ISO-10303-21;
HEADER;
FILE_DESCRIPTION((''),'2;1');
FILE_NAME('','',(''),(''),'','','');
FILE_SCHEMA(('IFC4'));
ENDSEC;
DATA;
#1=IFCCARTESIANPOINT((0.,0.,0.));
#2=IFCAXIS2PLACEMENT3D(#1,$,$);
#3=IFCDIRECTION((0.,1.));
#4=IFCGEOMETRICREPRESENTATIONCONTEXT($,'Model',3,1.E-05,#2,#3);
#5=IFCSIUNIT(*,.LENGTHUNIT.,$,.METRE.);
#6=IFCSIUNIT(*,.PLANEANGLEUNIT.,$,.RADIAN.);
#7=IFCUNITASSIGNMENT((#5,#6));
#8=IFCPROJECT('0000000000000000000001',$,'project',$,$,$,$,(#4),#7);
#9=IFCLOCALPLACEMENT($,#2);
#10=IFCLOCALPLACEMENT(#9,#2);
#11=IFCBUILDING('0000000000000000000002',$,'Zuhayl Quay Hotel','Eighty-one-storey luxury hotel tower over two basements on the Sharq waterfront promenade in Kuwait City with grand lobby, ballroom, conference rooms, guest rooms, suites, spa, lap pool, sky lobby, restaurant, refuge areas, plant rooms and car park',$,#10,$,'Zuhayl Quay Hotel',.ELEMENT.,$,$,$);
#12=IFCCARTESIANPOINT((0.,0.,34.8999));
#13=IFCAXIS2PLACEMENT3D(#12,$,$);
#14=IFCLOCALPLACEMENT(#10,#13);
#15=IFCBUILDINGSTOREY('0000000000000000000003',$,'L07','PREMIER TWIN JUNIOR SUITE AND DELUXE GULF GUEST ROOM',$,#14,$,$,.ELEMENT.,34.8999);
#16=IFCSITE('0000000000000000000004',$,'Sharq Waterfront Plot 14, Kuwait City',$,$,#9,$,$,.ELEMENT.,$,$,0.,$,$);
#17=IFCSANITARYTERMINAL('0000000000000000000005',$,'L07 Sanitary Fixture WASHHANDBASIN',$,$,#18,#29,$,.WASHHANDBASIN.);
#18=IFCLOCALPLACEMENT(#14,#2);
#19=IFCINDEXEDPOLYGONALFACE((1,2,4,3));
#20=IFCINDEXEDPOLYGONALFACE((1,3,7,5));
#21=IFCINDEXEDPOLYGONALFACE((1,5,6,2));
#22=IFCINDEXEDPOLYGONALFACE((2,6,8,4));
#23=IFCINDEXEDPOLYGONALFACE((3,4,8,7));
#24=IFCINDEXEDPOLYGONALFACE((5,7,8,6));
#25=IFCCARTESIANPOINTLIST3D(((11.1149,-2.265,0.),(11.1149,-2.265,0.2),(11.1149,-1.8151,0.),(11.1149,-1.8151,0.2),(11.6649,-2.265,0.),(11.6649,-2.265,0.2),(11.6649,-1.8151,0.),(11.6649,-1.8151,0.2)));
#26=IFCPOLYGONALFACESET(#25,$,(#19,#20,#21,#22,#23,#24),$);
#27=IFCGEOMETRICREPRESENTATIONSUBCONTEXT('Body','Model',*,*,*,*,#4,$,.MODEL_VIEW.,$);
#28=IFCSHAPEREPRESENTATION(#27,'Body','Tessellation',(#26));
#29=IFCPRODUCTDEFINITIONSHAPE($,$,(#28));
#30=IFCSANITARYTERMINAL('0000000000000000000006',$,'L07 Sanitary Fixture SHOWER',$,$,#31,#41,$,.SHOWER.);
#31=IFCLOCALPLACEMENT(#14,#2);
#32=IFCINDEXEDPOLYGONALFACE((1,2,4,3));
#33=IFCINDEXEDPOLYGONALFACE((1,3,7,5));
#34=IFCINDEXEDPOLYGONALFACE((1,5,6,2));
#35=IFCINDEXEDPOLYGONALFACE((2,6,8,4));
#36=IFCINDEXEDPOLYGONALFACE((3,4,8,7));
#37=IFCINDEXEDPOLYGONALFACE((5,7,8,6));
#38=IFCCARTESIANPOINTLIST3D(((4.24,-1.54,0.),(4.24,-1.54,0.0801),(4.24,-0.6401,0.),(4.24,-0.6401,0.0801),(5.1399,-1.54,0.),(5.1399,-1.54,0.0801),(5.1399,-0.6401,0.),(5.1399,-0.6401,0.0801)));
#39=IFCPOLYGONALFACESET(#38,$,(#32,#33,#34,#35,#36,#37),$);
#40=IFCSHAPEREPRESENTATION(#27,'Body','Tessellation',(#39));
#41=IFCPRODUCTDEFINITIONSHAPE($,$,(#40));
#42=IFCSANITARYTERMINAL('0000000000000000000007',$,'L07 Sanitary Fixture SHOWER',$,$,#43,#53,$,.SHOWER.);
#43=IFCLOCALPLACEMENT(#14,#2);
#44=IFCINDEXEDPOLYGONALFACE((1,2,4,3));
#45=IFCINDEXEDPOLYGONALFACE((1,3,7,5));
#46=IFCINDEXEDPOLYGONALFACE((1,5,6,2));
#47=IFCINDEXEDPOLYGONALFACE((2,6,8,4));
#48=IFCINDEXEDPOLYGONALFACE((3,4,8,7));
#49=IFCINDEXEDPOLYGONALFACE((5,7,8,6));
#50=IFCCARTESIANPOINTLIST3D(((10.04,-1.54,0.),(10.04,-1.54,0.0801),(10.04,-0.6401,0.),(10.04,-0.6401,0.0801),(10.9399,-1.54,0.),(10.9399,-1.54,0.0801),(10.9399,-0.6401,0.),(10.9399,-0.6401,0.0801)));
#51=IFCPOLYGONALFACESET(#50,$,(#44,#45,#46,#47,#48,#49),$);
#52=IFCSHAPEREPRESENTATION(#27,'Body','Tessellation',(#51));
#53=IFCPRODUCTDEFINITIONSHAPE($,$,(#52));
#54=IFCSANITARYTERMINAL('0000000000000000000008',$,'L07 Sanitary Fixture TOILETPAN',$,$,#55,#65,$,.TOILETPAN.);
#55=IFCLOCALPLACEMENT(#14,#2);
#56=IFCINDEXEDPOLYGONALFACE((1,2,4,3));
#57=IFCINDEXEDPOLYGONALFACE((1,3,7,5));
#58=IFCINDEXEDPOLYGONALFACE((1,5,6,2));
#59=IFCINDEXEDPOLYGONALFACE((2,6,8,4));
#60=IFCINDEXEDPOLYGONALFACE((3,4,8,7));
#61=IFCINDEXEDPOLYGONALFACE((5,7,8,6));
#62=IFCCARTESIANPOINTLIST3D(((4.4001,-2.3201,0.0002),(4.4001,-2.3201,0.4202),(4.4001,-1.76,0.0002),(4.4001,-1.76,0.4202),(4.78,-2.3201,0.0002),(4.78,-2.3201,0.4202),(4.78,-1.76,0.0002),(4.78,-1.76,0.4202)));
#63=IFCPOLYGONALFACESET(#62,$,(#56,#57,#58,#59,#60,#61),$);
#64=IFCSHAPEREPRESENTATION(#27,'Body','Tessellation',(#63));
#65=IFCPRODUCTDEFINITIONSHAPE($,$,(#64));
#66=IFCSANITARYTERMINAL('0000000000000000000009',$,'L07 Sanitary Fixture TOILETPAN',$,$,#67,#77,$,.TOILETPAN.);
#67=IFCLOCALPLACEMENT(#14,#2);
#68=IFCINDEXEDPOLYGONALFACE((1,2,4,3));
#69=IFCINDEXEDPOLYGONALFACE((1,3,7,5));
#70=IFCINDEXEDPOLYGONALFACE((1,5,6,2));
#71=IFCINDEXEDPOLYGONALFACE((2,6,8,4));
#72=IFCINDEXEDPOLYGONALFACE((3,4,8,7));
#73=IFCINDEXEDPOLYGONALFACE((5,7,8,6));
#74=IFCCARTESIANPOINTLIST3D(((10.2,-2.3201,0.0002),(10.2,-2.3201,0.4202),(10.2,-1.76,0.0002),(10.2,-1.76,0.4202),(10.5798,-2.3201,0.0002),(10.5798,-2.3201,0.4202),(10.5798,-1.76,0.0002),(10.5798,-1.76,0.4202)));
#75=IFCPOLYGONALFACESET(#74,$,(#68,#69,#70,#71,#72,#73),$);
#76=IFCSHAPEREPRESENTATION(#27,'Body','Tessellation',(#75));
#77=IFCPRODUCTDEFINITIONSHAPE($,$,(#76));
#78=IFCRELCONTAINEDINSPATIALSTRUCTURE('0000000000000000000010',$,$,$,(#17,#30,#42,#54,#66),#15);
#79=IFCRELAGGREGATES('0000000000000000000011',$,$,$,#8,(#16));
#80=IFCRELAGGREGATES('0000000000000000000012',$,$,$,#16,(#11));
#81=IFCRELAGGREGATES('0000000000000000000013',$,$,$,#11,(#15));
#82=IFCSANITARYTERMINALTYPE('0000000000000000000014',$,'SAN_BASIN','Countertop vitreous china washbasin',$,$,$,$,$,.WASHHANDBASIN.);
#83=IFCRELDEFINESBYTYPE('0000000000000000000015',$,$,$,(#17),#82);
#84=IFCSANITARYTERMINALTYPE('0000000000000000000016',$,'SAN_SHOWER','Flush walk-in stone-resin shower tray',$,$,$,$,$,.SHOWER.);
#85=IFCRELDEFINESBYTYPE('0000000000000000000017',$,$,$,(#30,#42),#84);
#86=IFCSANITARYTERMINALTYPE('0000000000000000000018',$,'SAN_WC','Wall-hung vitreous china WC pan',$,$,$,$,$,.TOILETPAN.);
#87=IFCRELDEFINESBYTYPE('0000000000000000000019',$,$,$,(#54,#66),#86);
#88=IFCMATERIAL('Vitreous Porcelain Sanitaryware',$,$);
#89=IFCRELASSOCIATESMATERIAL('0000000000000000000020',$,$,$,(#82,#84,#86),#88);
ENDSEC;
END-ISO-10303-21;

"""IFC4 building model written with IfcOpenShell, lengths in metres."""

from ifc_helpers import new_model, si_unit, direction, frame, origin, origin_2d, place, context, subcontext, project, spatial, rectangle, extrude, material, type_object, element, save


model = new_model("IFC4")

# Units and contexts
model_context = context("Model", 3, precision=1e-05, world=origin(), true_north=direction((0.0, 1.0)))
body_context = subcontext(model_context, "Body", "Model", "MODEL_VIEW")
ifc_project = project(units=[si_unit("LENGTHUNIT", "METRE"), si_unit("PLANEANGLEUNIT", "RADIAN")], contexts=[model_context])

# Site, building, storey
site_placement = place(None, origin())
site = spatial("IfcSite", under=ifc_project, at=site_placement, Name="Sharq Waterfront Plot 14, Kuwait City", CompositionType="ELEMENT", RefElevation=0.0)
building_placement = place(site_placement, origin())
building = spatial("IfcBuilding", under=site, at=building_placement, Name="Zuhayl Quay Hotel", Description="Eighty-one-storey luxury hotel tower over two basements on the Sharq waterfront promenade in Kuwait City with grand lobby, ballroom, conference rooms, guest rooms, suites, spa, lap pool, sky lobby, restaurant, refuge areas, plant rooms and car park", LongName="Zuhayl Quay Hotel", CompositionType="ELEMENT")
storey_placement = place(building_placement, frame((0.0, 0.0, 34.8999)))
storey = spatial("IfcBuildingStorey", under=building, at=storey_placement, Name="L07", Description="PREMIER TWIN JUNIOR SUITE AND DELUXE GULF GUEST ROOM", CompositionType="ELEMENT", Elevation=34.8999)

# Sanitary terminals
ifc_material_1 = material(Name="Vitreous Porcelain Sanitaryware")
sanitary_terminal_type_1 = type_object("IfcSanitaryTerminalType", Name="SAN_BASIN", Description="Countertop vitreous china washbasin", PredefinedType="WASHHANDBASIN", material=ifc_material_1)
for number, where, z_axis, x_axis, name in (
    (1, (11.3899, -2.04, 0.0), (0.0, 0.0, 1.0), (1.0, 0.0, 0.0), "L07 Sanitary Fixture WASHHANDBASIN"),
):
    element("IfcSanitaryTerminal", number, at=place(storey_placement, frame(where, z_axis=z_axis, x_axis=x_axis)), inside=storey, type_object=sanitary_terminal_type_1, Name=name, PredefinedType="WASHHANDBASIN", context=body_context, shape_type="SweptSolid", body=[
        extrude(rectangle(XDim=0.55, YDim=0.45, at=origin_2d()), origin(), (0.0, 0.0, 1.0), 0.2),
    ])
sanitary_terminal_type_2 = type_object("IfcSanitaryTerminalType", Name="SAN_SHOWER", Description="Flush walk-in stone-resin shower tray", PredefinedType="SHOWER", material=ifc_material_1)
for number, where, z_axis, x_axis, name in (
    (2, (4.6899, -1.0901, 0.0), (0.0, 0.0, 1.0), (1.0, 0.0, 0.0), "L07 Sanitary Fixture SHOWER"),
    (3, (10.49, -1.0901, 0.0), (0.0, 0.0, 1.0), (1.0, 0.0, 0.0), "L07 Sanitary Fixture SHOWER"),
):
    element("IfcSanitaryTerminal", number, at=place(storey_placement, frame(where, z_axis=z_axis, x_axis=x_axis)), inside=storey, type_object=sanitary_terminal_type_2, Name=name, PredefinedType="SHOWER", context=body_context, shape_type="SweptSolid", body=[
        extrude(rectangle(XDim=0.8999, YDim=0.8999, at=origin_2d()), origin(), (0.0, 0.0, 1.0), 0.0801),
    ])
sanitary_terminal_type_3 = type_object("IfcSanitaryTerminalType", Name="SAN_WC", Description="Wall-hung vitreous china WC pan", PredefinedType="TOILETPAN", material=ifc_material_1)
for number, where, z_axis, x_axis, name in (
    (4, (4.5901, -2.04, 0.0002), (0.0, 0.0, 1.0), (1.0, 0.0, 0.0), "L07 Sanitary Fixture TOILETPAN"),
    (5, (10.3899, -2.04, 0.0002), (0.0, 0.0, 1.0), (1.0, 0.0, 0.0), "L07 Sanitary Fixture TOILETPAN"),
):
    element("IfcSanitaryTerminal", number, at=place(storey_placement, frame(where, z_axis=z_axis, x_axis=x_axis)), inside=storey, type_object=sanitary_terminal_type_3, Name=name, PredefinedType="TOILETPAN", context=body_context, shape_type="SweptSolid", body=[
        extrude(rectangle(XDim=0.3799, YDim=0.5601, at=origin_2d()), origin(), (0.0, 0.0, 1.0), 0.4199),
    ])

save(model, "model.ifc")
